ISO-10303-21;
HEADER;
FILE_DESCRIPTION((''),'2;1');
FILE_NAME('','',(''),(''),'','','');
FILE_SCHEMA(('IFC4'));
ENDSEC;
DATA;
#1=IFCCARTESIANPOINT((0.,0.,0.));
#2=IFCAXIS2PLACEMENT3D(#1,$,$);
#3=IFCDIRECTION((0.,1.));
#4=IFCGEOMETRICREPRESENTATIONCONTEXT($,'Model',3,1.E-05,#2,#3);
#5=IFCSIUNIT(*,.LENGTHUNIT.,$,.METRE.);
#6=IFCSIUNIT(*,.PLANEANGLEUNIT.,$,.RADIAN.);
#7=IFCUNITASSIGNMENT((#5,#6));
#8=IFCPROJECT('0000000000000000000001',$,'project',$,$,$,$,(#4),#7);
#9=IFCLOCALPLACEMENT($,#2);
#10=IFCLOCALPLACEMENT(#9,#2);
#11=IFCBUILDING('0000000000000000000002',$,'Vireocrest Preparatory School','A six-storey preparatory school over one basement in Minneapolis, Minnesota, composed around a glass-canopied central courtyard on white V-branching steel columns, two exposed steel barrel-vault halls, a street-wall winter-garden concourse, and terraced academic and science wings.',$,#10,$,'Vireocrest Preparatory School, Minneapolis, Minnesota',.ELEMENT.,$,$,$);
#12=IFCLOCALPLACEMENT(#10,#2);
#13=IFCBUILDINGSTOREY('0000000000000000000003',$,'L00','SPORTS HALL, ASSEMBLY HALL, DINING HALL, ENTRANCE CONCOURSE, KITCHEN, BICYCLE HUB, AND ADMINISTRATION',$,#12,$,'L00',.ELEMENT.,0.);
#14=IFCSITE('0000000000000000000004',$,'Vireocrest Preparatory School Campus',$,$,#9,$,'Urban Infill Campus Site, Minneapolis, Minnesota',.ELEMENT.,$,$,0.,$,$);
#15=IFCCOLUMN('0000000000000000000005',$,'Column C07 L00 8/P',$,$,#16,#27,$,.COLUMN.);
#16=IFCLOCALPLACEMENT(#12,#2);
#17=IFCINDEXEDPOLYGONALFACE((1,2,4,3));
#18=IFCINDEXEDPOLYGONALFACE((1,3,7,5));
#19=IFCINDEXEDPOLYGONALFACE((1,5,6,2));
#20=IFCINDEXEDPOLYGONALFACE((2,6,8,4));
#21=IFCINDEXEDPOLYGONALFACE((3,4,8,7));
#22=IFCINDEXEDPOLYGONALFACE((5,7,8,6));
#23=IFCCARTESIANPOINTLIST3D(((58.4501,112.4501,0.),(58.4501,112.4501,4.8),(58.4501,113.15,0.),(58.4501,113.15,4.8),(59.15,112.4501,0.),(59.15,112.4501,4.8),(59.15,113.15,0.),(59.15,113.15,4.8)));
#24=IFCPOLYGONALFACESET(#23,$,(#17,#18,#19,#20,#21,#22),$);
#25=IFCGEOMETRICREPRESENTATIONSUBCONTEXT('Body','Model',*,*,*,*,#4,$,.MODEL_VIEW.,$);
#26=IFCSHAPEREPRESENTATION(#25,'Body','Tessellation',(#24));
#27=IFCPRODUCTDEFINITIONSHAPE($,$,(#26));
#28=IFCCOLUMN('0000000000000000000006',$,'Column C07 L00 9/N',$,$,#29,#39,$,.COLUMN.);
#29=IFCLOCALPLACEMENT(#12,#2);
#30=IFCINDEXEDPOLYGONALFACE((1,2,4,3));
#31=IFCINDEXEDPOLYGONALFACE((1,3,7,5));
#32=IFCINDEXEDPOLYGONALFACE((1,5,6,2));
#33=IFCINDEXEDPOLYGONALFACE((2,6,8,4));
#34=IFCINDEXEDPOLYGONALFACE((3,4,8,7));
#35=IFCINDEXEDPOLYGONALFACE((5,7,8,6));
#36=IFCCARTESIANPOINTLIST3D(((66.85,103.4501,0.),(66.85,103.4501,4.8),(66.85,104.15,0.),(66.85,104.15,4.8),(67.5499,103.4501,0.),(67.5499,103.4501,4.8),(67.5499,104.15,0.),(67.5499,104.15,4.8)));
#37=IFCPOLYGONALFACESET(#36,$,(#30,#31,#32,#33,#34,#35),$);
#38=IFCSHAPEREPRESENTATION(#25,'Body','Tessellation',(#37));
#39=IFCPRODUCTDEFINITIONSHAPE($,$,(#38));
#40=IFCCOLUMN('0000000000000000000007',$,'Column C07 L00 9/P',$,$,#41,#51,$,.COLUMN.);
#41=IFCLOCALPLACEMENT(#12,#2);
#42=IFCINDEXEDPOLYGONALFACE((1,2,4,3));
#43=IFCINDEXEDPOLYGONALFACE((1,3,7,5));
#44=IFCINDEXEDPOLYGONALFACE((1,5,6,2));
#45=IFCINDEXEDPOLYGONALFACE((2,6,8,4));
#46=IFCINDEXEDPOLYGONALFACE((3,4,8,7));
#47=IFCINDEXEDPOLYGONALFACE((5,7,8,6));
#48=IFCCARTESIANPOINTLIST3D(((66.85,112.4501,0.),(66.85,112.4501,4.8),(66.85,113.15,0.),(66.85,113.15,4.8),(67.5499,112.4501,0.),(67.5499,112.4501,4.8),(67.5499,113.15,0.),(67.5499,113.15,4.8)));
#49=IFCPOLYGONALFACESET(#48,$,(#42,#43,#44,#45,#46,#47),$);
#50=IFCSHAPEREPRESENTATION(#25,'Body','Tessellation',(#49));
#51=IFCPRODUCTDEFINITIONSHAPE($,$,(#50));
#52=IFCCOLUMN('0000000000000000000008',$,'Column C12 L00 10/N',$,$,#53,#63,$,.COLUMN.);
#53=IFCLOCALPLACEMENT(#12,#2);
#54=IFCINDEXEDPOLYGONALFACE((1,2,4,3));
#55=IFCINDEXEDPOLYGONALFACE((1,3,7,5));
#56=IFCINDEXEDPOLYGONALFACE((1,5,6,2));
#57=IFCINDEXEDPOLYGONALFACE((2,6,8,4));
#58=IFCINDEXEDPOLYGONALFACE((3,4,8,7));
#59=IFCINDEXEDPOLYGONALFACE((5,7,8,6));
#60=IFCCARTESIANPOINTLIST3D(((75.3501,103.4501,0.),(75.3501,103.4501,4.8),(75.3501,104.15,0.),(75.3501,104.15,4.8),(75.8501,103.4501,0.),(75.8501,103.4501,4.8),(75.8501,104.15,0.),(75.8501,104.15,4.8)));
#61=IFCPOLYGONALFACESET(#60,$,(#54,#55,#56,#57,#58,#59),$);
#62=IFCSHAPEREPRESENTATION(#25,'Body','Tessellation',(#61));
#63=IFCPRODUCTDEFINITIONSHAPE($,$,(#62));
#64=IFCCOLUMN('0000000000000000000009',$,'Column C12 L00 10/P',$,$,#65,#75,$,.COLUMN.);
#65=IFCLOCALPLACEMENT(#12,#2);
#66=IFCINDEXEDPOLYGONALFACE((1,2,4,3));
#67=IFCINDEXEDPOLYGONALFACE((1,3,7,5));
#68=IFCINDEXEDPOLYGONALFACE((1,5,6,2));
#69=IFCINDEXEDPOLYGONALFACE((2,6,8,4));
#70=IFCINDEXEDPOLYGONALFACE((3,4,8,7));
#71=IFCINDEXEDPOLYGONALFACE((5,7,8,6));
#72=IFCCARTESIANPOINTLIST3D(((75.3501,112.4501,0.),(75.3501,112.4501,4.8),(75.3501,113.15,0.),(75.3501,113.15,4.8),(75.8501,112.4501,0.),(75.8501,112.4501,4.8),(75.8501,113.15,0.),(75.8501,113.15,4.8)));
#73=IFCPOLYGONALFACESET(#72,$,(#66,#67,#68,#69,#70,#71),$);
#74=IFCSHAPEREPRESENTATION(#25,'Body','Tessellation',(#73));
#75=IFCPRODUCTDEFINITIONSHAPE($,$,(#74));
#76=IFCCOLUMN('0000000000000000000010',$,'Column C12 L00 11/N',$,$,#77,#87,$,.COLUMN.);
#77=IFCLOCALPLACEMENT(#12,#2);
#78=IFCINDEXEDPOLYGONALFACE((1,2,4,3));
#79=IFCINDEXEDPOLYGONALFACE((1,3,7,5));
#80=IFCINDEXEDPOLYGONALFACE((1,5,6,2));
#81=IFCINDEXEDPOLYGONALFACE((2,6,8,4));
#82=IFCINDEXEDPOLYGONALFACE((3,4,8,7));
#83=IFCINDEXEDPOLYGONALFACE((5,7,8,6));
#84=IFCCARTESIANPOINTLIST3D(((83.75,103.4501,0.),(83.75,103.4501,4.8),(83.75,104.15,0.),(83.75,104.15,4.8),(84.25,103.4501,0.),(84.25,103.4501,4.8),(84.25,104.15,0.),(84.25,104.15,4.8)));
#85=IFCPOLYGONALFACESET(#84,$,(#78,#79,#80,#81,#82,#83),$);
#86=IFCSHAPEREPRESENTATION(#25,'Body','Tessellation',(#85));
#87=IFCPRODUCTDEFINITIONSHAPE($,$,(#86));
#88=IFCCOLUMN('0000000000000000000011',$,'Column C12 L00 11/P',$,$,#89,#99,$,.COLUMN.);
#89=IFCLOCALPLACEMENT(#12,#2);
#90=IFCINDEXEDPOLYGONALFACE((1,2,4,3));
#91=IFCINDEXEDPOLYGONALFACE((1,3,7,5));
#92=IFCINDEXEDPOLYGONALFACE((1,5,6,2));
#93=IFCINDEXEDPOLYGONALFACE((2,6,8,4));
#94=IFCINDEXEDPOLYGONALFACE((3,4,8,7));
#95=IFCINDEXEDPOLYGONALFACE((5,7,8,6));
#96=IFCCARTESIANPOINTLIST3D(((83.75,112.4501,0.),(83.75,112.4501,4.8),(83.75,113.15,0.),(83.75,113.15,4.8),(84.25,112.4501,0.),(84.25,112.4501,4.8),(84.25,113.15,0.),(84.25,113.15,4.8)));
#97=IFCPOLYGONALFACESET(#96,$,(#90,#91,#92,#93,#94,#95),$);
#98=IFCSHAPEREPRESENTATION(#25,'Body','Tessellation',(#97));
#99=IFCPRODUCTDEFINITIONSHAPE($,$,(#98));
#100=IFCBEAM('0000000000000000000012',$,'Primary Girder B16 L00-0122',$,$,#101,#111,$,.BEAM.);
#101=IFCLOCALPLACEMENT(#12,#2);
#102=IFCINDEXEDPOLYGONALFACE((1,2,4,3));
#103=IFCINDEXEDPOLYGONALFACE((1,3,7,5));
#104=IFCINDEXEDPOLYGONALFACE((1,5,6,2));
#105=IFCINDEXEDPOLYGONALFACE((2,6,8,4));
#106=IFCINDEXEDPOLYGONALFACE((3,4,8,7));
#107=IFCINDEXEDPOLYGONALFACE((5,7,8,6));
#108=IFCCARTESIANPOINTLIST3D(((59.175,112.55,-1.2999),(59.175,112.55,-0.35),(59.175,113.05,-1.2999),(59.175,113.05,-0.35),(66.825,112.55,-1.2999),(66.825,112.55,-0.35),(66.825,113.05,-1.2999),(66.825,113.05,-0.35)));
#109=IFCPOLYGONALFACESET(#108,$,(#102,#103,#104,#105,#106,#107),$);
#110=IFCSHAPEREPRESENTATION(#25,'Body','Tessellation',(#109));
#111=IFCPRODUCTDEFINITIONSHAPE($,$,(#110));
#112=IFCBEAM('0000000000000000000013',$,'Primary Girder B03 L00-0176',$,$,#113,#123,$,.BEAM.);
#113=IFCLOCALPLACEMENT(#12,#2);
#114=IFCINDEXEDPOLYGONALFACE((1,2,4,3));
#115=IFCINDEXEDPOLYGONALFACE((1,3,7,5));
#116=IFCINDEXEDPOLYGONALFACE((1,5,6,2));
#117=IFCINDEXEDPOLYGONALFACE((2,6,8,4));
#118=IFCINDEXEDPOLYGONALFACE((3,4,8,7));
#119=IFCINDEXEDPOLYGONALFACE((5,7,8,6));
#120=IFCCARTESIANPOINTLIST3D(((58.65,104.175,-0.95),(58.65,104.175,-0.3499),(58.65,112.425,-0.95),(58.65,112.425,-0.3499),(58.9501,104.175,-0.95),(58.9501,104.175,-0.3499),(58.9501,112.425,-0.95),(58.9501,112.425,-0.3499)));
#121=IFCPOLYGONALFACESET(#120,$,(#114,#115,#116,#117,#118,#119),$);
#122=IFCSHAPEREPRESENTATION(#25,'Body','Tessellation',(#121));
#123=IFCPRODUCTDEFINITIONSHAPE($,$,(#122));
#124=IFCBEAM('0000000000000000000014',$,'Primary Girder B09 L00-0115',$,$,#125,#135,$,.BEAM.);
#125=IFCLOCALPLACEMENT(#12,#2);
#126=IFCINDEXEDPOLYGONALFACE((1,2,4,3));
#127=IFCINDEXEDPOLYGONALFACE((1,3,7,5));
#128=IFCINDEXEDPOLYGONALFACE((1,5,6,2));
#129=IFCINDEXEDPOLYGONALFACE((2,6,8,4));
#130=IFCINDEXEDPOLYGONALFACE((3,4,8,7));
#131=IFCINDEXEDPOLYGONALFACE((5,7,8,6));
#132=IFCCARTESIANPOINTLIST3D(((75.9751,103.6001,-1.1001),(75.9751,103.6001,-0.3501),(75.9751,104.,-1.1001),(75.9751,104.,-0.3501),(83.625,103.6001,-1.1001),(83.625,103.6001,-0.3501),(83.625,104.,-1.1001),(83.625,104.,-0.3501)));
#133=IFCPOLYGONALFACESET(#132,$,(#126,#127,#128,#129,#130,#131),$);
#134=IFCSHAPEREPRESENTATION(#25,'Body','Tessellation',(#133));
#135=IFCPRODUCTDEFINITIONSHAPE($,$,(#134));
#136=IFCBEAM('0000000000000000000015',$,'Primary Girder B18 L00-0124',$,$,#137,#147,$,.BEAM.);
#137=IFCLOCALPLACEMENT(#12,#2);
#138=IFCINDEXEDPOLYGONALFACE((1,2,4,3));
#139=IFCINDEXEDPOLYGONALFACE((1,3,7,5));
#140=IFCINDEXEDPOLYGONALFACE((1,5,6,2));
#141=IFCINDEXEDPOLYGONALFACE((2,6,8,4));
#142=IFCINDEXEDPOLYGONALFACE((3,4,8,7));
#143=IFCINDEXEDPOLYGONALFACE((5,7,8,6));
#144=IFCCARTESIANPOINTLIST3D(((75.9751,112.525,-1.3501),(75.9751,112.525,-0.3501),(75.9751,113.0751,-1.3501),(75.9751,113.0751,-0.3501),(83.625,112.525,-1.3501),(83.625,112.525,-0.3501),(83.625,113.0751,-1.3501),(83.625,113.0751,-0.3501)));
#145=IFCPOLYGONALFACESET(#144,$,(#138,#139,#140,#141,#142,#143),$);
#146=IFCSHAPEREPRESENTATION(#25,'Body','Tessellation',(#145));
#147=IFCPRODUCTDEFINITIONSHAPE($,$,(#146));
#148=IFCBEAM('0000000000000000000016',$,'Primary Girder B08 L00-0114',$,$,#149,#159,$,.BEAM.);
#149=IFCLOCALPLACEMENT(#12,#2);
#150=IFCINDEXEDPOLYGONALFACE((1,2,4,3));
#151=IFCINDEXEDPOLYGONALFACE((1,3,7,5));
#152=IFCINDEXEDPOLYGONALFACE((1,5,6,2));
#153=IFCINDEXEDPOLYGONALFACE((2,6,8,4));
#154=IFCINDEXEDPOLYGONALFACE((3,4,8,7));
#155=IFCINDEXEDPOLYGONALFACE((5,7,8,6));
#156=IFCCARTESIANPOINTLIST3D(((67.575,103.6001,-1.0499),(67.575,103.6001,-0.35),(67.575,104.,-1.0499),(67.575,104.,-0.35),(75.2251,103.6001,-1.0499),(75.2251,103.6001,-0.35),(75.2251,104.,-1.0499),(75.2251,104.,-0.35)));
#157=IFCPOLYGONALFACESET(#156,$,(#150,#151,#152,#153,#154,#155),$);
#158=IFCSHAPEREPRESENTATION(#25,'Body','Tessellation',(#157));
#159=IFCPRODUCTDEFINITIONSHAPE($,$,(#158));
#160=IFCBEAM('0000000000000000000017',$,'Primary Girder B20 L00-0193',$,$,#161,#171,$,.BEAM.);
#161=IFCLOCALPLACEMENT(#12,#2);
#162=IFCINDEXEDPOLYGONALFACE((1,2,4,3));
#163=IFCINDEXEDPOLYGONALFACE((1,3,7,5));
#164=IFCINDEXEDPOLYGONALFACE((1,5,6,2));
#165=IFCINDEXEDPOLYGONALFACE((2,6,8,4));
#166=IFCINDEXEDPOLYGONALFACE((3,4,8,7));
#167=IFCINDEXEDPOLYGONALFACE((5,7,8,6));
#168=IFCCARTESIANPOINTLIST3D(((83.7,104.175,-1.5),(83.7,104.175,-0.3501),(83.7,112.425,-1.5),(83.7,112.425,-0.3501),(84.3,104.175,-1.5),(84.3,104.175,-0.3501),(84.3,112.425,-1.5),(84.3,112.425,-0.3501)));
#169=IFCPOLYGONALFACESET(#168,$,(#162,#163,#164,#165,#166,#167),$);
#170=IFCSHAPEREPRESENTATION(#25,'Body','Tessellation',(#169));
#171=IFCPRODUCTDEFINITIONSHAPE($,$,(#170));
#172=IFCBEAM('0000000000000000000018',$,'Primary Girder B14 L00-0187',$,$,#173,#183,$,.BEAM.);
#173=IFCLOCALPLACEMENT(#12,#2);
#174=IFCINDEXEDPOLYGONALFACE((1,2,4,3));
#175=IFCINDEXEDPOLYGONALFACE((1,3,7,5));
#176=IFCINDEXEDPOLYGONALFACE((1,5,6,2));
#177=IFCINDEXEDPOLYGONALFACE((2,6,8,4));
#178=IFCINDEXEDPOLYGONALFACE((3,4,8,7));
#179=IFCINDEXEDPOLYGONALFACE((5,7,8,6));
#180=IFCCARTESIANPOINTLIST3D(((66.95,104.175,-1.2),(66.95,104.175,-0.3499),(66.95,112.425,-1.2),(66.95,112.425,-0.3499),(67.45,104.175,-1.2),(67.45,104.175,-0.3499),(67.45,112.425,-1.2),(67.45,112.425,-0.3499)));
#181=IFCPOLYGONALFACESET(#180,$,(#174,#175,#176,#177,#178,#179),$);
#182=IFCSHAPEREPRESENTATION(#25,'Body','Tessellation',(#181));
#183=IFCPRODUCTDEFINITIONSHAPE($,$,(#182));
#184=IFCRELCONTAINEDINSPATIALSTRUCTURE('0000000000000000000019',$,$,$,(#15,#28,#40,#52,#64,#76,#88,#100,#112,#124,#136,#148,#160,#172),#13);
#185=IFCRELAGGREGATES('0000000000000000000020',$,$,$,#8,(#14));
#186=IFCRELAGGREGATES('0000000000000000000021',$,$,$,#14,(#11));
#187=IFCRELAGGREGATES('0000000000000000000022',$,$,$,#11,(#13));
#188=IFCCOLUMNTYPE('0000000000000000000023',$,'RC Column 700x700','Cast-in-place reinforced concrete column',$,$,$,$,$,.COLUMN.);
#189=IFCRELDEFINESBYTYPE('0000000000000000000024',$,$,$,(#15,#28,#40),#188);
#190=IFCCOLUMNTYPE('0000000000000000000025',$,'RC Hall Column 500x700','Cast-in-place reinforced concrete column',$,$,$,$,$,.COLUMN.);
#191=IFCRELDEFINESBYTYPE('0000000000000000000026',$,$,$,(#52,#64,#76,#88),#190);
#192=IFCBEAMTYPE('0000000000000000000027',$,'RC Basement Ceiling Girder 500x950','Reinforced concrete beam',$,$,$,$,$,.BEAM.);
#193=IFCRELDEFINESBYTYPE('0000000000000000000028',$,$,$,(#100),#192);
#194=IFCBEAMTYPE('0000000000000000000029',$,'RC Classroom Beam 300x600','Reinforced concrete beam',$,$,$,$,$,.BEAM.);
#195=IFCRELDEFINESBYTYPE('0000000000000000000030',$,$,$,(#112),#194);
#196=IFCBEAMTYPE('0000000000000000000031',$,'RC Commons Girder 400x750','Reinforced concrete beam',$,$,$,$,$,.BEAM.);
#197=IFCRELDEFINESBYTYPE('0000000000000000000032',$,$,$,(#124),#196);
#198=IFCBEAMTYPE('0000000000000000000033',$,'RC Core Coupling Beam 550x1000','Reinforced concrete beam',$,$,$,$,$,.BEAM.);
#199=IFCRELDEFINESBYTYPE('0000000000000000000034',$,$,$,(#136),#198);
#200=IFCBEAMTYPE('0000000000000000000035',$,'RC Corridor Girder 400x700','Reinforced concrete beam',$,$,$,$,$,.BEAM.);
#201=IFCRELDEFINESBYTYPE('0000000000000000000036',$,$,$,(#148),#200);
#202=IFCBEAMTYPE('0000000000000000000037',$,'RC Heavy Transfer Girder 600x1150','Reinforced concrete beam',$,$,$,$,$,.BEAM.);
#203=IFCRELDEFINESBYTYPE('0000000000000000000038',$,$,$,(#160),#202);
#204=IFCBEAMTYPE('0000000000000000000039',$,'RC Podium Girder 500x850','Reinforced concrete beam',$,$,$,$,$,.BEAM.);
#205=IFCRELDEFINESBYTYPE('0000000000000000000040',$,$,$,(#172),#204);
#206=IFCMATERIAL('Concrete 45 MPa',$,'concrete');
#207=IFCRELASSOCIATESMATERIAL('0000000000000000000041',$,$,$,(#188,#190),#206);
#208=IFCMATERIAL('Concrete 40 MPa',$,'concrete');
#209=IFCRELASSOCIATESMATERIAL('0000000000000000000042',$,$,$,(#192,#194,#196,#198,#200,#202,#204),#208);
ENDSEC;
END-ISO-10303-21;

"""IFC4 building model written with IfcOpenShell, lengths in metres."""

from ifc_helpers import new_model, si_unit, direction, frame, origin, origin_2d, place, context, subcontext, project, spatial, rectangle, extrude, material, material_profile, profile_set, type_object, element, save


model = new_model("IFC4")

# Units and contexts
model_context = context("Model", 3, precision=1e-05, world=origin(), true_north=direction((0.0, 1.0)))
body_context = subcontext(model_context, "Body", "Model", "MODEL_VIEW")
ifc_project = project(units=[si_unit("LENGTHUNIT", "METRE"), si_unit("PLANEANGLEUNIT", "RADIAN")], contexts=[model_context])

# Site, building, storey
site_placement = place(None, origin())
site = spatial("IfcSite", under=ifc_project, at=site_placement, Name="Vireocrest Preparatory School Campus", LongName="Urban Infill Campus Site, Minneapolis, Minnesota", CompositionType="ELEMENT", RefElevation=0.0)
building_placement = place(site_placement, origin())
building = spatial("IfcBuilding", under=site, at=building_placement, Name="Vireocrest Preparatory School", Description="A six-storey preparatory school over one basement in Minneapolis, Minnesota, composed around a glass-canopied central courtyard on white V-branching steel columns, two exposed steel barrel-vault halls, a street-wall winter-garden concourse, and terraced academic and science wings.", LongName="Vireocrest Preparatory School, Minneapolis, Minnesota", CompositionType="ELEMENT")
storey_placement = place(building_placement, origin())
storey = spatial("IfcBuildingStorey", under=building, at=storey_placement, Name="L00", Description="SPORTS HALL, ASSEMBLY HALL, DINING HALL, ENTRANCE CONCOURSE, KITCHEN, BICYCLE HUB, AND ADMINISTRATION", LongName="L00", CompositionType="ELEMENT", Elevation=0.0)

# Columns
ifc_material_1 = material(Name="Concrete 45 MPa", Category="concrete")
ifc_material_profile_1 = material_profile(ifc_material_1, rectangle(XDim=0.7, YDim=0.7, at=origin_2d()), Name="RC 700x700")
ifc_profile_set_1 = profile_set([ifc_material_profile_1], Name="Concrete 45 MPa")
column_type_1 = type_object("IfcColumnType", Name="RC Column 700x700", Description="Cast-in-place reinforced concrete column", PredefinedType="COLUMN", material=ifc_profile_set_1)
for number, where, z_axis, x_axis, name in (
    (1, (58.8, 112.8, 0.0), (0.0, 0.0, 1.0), (1.0, 0.0, 0.0), "Column C07 L00 8/P"),
    (2, (67.2, 103.8, 0.0), (0.0, 0.0, 1.0), (1.0, 0.0, 0.0), "Column C07 L00 9/N"),
    (3, (67.2, 112.8, 0.0), (0.0, 0.0, 1.0), (1.0, 0.0, 0.0), "Column C07 L00 9/P"),
):
    element("IfcColumn", number, at=place(storey_placement, frame(where, z_axis=z_axis, x_axis=x_axis)), inside=storey, type_object=column_type_1, Name=name, PredefinedType="COLUMN", context=body_context, shape_type="SweptSolid", body=[
        extrude(rectangle(XDim=0.7, YDim=0.7, at=origin_2d()), origin(), (0.0, 0.0, 1.0), 4.8),
    ])
ifc_material_profile_2 = material_profile(ifc_material_1, rectangle(XDim=0.5, YDim=0.7, at=origin_2d()), Name="RC 500x700")
ifc_profile_set_2 = profile_set([ifc_material_profile_2], Name="Concrete 45 MPa")
column_type_2 = type_object("IfcColumnType", Name="RC Hall Column 500x700", Description="Cast-in-place reinforced concrete column", PredefinedType="COLUMN", material=ifc_profile_set_2)
for number, where, z_axis, x_axis, name in (
    (4, (75.6001, 103.8, 0.0), (0.0, 0.0, 1.0), (1.0, 0.0, 0.0), "Column C12 L00 10/N"),
    (5, (75.6001, 112.8, 0.0), (0.0, 0.0, 1.0), (1.0, 0.0, 0.0), "Column C12 L00 10/P"),
    (6, (84.0, 103.8, 0.0), (0.0, 0.0, 1.0), (1.0, 0.0, 0.0), "Column C12 L00 11/N"),
    (7, (84.0, 112.8, 0.0), (0.0, 0.0, 1.0), (1.0, 0.0, 0.0), "Column C12 L00 11/P"),
):
    element("IfcColumn", number, at=place(storey_placement, frame(where, z_axis=z_axis, x_axis=x_axis)), inside=storey, type_object=column_type_2, Name=name, PredefinedType="COLUMN", context=body_context, shape_type="SweptSolid", body=[
        extrude(rectangle(XDim=0.5, YDim=0.7, at=origin_2d()), origin(), (0.0, 0.0, 1.0), 4.8),
    ])

# Beams
ifc_material_2 = material(Name="Concrete 40 MPa", Category="concrete")
ifc_material_profile_3 = material_profile(ifc_material_2, rectangle(XDim=0.5, YDim=0.95, at=origin_2d()), Name="RC 500x950")
ifc_profile_set_3 = profile_set([ifc_material_profile_3], Name="Concrete 40 MPa")
beam_type_1 = type_object("IfcBeamType", Name="RC Basement Ceiling Girder 500x950", Description="Reinforced concrete beam", PredefinedType="BEAM", material=ifc_profile_set_3)
beam_1_placement = place(storey_placement, frame((59.175, 112.8, -0.825), z_axis=(1.0, 0.0, 0.0), x_axis=(0.0, 1.0, 0.0)))
element("IfcBeam", 8, at=beam_1_placement, inside=storey, type_object=beam_type_1, Name="Primary Girder B16 L00-0122", PredefinedType="BEAM", context=body_context, shape_type="SweptSolid", body=[
    extrude(rectangle(XDim=0.5, YDim=0.95, at=origin_2d()), origin(), (0.0, 0.0, 1.0), 7.6499),
])
ifc_material_profile_4 = material_profile(ifc_material_2, rectangle(XDim=0.3, YDim=0.6001, at=origin_2d()), Name="RC 300x600")
ifc_profile_set_4 = profile_set([ifc_material_profile_4], Name="Concrete 40 MPa")
beam_type_2 = type_object("IfcBeamType", Name="RC Classroom Beam 300x600", Description="Reinforced concrete beam", PredefinedType="BEAM", material=ifc_profile_set_4)
beam_2_placement = place(storey_placement, frame((58.8, 104.175, -0.6499), z_axis=(0.0, 1.0, 0.0), x_axis=(-1.0, 0.0, 0.0)))
element("IfcBeam", 9, at=beam_2_placement, inside=storey, type_object=beam_type_2, Name="Primary Girder B03 L00-0176", PredefinedType="BEAM", context=body_context, shape_type="SweptSolid", body=[
    extrude(rectangle(XDim=0.3, YDim=0.6001, at=origin_2d()), origin(), (0.0, 0.0, 1.0), 8.25),
])
ifc_material_profile_5 = material_profile(ifc_material_2, rectangle(XDim=0.3999, YDim=0.75, at=origin_2d()), Name="RC 400x750")
ifc_profile_set_5 = profile_set([ifc_material_profile_5], Name="Concrete 40 MPa")
beam_type_3 = type_object("IfcBeamType", Name="RC Commons Girder 400x750", Description="Reinforced concrete beam", PredefinedType="BEAM", material=ifc_profile_set_5)
beam_3_placement = place(storey_placement, frame((75.9751, 103.8, -0.7251), z_axis=(1.0, 0.0, 0.0), x_axis=(0.0, 1.0, 0.0)))
element("IfcBeam", 10, at=beam_3_placement, inside=storey, type_object=beam_type_3, Name="Primary Girder B09 L00-0115", PredefinedType="BEAM", context=body_context, shape_type="SweptSolid", body=[
    extrude(rectangle(XDim=0.3999, YDim=0.75, at=origin_2d()), origin(), (0.0, 0.0, 1.0), 7.6499),
])
ifc_material_profile_6 = material_profile(ifc_material_2, rectangle(XDim=0.55, YDim=1.0, at=origin_2d()), Name="RC 550x1000")
ifc_profile_set_6 = profile_set([ifc_material_profile_6], Name="Concrete 40 MPa")
beam_type_4 = type_object("IfcBeamType", Name="RC Core Coupling Beam 550x1000", Description="Reinforced concrete beam", PredefinedType="BEAM", material=ifc_profile_set_6)
beam_4_placement = place(storey_placement, frame((75.9751, 112.8, -0.8501), z_axis=(1.0, 0.0, 0.0), x_axis=(0.0, 1.0, 0.0)))
element("IfcBeam", 11, at=beam_4_placement, inside=storey, type_object=beam_type_4, Name="Primary Girder B18 L00-0124", PredefinedType="BEAM", context=body_context, shape_type="SweptSolid", body=[
    extrude(rectangle(XDim=0.55, YDim=1.0, at=origin_2d()), origin(), (0.0, 0.0, 1.0), 7.6499),
])
ifc_material_profile_7 = material_profile(ifc_material_2, rectangle(XDim=0.3999, YDim=0.7, at=origin_2d()), Name="RC 400x700")
ifc_profile_set_7 = profile_set([ifc_material_profile_7], Name="Concrete 40 MPa")
beam_type_5 = type_object("IfcBeamType", Name="RC Corridor Girder 400x700", Description="Reinforced concrete beam", PredefinedType="BEAM", material=ifc_profile_set_7)
beam_5_placement = place(storey_placement, frame((67.575, 103.8, -0.7), z_axis=(1.0, 0.0, 0.0), x_axis=(0.0, 1.0, 0.0)))
element("IfcBeam", 12, at=beam_5_placement, inside=storey, type_object=beam_type_5, Name="Primary Girder B08 L00-0114", PredefinedType="BEAM", context=body_context, shape_type="SweptSolid", body=[
    extrude(rectangle(XDim=0.3999, YDim=0.7, at=origin_2d()), origin(), (0.0, 0.0, 1.0), 7.6501),
])
ifc_material_profile_8 = material_profile(ifc_material_2, rectangle(XDim=0.6001, YDim=1.1499, at=origin_2d()), Name="RC 600x1150")
ifc_profile_set_8 = profile_set([ifc_material_profile_8], Name="Concrete 40 MPa")
beam_type_6 = type_object("IfcBeamType", Name="RC Heavy Transfer Girder 600x1150", Description="Reinforced concrete beam", PredefinedType="BEAM", material=ifc_profile_set_8)
beam_6_placement = place(storey_placement, frame((84.0, 104.175, -0.925), z_axis=(0.0, 1.0, 0.0), x_axis=(-1.0, 0.0, 0.0)))
element("IfcBeam", 13, at=beam_6_placement, inside=storey, type_object=beam_type_6, Name="Primary Girder B20 L00-0193", PredefinedType="BEAM", context=body_context, shape_type="SweptSolid", body=[
    extrude(rectangle(XDim=0.6001, YDim=1.1499, at=origin_2d()), origin(), (0.0, 0.0, 1.0), 8.25),
])
ifc_material_profile_9 = material_profile(ifc_material_2, rectangle(XDim=0.5, YDim=0.8501, at=origin_2d()), Name="RC 500x850")
ifc_profile_set_9 = profile_set([ifc_material_profile_9], Name="Concrete 40 MPa")
beam_type_7 = type_object("IfcBeamType", Name="RC Podium Girder 500x850", Description="Reinforced concrete beam", PredefinedType="BEAM", material=ifc_profile_set_9)
beam_7_placement = place(storey_placement, frame((67.2, 104.175, -0.7749), z_axis=(0.0, 1.0, 0.0), x_axis=(-1.0, 0.0, 0.0)))
element("IfcBeam", 14, at=beam_7_placement, inside=storey, type_object=beam_type_7, Name="Primary Girder B14 L00-0187", PredefinedType="BEAM", context=body_context, shape_type="SweptSolid", body=[
    extrude(rectangle(XDim=0.5, YDim=0.8501, at=origin_2d()), origin(), (0.0, 0.0, 1.0), 8.25),
])

save(model, "model.ifc")
